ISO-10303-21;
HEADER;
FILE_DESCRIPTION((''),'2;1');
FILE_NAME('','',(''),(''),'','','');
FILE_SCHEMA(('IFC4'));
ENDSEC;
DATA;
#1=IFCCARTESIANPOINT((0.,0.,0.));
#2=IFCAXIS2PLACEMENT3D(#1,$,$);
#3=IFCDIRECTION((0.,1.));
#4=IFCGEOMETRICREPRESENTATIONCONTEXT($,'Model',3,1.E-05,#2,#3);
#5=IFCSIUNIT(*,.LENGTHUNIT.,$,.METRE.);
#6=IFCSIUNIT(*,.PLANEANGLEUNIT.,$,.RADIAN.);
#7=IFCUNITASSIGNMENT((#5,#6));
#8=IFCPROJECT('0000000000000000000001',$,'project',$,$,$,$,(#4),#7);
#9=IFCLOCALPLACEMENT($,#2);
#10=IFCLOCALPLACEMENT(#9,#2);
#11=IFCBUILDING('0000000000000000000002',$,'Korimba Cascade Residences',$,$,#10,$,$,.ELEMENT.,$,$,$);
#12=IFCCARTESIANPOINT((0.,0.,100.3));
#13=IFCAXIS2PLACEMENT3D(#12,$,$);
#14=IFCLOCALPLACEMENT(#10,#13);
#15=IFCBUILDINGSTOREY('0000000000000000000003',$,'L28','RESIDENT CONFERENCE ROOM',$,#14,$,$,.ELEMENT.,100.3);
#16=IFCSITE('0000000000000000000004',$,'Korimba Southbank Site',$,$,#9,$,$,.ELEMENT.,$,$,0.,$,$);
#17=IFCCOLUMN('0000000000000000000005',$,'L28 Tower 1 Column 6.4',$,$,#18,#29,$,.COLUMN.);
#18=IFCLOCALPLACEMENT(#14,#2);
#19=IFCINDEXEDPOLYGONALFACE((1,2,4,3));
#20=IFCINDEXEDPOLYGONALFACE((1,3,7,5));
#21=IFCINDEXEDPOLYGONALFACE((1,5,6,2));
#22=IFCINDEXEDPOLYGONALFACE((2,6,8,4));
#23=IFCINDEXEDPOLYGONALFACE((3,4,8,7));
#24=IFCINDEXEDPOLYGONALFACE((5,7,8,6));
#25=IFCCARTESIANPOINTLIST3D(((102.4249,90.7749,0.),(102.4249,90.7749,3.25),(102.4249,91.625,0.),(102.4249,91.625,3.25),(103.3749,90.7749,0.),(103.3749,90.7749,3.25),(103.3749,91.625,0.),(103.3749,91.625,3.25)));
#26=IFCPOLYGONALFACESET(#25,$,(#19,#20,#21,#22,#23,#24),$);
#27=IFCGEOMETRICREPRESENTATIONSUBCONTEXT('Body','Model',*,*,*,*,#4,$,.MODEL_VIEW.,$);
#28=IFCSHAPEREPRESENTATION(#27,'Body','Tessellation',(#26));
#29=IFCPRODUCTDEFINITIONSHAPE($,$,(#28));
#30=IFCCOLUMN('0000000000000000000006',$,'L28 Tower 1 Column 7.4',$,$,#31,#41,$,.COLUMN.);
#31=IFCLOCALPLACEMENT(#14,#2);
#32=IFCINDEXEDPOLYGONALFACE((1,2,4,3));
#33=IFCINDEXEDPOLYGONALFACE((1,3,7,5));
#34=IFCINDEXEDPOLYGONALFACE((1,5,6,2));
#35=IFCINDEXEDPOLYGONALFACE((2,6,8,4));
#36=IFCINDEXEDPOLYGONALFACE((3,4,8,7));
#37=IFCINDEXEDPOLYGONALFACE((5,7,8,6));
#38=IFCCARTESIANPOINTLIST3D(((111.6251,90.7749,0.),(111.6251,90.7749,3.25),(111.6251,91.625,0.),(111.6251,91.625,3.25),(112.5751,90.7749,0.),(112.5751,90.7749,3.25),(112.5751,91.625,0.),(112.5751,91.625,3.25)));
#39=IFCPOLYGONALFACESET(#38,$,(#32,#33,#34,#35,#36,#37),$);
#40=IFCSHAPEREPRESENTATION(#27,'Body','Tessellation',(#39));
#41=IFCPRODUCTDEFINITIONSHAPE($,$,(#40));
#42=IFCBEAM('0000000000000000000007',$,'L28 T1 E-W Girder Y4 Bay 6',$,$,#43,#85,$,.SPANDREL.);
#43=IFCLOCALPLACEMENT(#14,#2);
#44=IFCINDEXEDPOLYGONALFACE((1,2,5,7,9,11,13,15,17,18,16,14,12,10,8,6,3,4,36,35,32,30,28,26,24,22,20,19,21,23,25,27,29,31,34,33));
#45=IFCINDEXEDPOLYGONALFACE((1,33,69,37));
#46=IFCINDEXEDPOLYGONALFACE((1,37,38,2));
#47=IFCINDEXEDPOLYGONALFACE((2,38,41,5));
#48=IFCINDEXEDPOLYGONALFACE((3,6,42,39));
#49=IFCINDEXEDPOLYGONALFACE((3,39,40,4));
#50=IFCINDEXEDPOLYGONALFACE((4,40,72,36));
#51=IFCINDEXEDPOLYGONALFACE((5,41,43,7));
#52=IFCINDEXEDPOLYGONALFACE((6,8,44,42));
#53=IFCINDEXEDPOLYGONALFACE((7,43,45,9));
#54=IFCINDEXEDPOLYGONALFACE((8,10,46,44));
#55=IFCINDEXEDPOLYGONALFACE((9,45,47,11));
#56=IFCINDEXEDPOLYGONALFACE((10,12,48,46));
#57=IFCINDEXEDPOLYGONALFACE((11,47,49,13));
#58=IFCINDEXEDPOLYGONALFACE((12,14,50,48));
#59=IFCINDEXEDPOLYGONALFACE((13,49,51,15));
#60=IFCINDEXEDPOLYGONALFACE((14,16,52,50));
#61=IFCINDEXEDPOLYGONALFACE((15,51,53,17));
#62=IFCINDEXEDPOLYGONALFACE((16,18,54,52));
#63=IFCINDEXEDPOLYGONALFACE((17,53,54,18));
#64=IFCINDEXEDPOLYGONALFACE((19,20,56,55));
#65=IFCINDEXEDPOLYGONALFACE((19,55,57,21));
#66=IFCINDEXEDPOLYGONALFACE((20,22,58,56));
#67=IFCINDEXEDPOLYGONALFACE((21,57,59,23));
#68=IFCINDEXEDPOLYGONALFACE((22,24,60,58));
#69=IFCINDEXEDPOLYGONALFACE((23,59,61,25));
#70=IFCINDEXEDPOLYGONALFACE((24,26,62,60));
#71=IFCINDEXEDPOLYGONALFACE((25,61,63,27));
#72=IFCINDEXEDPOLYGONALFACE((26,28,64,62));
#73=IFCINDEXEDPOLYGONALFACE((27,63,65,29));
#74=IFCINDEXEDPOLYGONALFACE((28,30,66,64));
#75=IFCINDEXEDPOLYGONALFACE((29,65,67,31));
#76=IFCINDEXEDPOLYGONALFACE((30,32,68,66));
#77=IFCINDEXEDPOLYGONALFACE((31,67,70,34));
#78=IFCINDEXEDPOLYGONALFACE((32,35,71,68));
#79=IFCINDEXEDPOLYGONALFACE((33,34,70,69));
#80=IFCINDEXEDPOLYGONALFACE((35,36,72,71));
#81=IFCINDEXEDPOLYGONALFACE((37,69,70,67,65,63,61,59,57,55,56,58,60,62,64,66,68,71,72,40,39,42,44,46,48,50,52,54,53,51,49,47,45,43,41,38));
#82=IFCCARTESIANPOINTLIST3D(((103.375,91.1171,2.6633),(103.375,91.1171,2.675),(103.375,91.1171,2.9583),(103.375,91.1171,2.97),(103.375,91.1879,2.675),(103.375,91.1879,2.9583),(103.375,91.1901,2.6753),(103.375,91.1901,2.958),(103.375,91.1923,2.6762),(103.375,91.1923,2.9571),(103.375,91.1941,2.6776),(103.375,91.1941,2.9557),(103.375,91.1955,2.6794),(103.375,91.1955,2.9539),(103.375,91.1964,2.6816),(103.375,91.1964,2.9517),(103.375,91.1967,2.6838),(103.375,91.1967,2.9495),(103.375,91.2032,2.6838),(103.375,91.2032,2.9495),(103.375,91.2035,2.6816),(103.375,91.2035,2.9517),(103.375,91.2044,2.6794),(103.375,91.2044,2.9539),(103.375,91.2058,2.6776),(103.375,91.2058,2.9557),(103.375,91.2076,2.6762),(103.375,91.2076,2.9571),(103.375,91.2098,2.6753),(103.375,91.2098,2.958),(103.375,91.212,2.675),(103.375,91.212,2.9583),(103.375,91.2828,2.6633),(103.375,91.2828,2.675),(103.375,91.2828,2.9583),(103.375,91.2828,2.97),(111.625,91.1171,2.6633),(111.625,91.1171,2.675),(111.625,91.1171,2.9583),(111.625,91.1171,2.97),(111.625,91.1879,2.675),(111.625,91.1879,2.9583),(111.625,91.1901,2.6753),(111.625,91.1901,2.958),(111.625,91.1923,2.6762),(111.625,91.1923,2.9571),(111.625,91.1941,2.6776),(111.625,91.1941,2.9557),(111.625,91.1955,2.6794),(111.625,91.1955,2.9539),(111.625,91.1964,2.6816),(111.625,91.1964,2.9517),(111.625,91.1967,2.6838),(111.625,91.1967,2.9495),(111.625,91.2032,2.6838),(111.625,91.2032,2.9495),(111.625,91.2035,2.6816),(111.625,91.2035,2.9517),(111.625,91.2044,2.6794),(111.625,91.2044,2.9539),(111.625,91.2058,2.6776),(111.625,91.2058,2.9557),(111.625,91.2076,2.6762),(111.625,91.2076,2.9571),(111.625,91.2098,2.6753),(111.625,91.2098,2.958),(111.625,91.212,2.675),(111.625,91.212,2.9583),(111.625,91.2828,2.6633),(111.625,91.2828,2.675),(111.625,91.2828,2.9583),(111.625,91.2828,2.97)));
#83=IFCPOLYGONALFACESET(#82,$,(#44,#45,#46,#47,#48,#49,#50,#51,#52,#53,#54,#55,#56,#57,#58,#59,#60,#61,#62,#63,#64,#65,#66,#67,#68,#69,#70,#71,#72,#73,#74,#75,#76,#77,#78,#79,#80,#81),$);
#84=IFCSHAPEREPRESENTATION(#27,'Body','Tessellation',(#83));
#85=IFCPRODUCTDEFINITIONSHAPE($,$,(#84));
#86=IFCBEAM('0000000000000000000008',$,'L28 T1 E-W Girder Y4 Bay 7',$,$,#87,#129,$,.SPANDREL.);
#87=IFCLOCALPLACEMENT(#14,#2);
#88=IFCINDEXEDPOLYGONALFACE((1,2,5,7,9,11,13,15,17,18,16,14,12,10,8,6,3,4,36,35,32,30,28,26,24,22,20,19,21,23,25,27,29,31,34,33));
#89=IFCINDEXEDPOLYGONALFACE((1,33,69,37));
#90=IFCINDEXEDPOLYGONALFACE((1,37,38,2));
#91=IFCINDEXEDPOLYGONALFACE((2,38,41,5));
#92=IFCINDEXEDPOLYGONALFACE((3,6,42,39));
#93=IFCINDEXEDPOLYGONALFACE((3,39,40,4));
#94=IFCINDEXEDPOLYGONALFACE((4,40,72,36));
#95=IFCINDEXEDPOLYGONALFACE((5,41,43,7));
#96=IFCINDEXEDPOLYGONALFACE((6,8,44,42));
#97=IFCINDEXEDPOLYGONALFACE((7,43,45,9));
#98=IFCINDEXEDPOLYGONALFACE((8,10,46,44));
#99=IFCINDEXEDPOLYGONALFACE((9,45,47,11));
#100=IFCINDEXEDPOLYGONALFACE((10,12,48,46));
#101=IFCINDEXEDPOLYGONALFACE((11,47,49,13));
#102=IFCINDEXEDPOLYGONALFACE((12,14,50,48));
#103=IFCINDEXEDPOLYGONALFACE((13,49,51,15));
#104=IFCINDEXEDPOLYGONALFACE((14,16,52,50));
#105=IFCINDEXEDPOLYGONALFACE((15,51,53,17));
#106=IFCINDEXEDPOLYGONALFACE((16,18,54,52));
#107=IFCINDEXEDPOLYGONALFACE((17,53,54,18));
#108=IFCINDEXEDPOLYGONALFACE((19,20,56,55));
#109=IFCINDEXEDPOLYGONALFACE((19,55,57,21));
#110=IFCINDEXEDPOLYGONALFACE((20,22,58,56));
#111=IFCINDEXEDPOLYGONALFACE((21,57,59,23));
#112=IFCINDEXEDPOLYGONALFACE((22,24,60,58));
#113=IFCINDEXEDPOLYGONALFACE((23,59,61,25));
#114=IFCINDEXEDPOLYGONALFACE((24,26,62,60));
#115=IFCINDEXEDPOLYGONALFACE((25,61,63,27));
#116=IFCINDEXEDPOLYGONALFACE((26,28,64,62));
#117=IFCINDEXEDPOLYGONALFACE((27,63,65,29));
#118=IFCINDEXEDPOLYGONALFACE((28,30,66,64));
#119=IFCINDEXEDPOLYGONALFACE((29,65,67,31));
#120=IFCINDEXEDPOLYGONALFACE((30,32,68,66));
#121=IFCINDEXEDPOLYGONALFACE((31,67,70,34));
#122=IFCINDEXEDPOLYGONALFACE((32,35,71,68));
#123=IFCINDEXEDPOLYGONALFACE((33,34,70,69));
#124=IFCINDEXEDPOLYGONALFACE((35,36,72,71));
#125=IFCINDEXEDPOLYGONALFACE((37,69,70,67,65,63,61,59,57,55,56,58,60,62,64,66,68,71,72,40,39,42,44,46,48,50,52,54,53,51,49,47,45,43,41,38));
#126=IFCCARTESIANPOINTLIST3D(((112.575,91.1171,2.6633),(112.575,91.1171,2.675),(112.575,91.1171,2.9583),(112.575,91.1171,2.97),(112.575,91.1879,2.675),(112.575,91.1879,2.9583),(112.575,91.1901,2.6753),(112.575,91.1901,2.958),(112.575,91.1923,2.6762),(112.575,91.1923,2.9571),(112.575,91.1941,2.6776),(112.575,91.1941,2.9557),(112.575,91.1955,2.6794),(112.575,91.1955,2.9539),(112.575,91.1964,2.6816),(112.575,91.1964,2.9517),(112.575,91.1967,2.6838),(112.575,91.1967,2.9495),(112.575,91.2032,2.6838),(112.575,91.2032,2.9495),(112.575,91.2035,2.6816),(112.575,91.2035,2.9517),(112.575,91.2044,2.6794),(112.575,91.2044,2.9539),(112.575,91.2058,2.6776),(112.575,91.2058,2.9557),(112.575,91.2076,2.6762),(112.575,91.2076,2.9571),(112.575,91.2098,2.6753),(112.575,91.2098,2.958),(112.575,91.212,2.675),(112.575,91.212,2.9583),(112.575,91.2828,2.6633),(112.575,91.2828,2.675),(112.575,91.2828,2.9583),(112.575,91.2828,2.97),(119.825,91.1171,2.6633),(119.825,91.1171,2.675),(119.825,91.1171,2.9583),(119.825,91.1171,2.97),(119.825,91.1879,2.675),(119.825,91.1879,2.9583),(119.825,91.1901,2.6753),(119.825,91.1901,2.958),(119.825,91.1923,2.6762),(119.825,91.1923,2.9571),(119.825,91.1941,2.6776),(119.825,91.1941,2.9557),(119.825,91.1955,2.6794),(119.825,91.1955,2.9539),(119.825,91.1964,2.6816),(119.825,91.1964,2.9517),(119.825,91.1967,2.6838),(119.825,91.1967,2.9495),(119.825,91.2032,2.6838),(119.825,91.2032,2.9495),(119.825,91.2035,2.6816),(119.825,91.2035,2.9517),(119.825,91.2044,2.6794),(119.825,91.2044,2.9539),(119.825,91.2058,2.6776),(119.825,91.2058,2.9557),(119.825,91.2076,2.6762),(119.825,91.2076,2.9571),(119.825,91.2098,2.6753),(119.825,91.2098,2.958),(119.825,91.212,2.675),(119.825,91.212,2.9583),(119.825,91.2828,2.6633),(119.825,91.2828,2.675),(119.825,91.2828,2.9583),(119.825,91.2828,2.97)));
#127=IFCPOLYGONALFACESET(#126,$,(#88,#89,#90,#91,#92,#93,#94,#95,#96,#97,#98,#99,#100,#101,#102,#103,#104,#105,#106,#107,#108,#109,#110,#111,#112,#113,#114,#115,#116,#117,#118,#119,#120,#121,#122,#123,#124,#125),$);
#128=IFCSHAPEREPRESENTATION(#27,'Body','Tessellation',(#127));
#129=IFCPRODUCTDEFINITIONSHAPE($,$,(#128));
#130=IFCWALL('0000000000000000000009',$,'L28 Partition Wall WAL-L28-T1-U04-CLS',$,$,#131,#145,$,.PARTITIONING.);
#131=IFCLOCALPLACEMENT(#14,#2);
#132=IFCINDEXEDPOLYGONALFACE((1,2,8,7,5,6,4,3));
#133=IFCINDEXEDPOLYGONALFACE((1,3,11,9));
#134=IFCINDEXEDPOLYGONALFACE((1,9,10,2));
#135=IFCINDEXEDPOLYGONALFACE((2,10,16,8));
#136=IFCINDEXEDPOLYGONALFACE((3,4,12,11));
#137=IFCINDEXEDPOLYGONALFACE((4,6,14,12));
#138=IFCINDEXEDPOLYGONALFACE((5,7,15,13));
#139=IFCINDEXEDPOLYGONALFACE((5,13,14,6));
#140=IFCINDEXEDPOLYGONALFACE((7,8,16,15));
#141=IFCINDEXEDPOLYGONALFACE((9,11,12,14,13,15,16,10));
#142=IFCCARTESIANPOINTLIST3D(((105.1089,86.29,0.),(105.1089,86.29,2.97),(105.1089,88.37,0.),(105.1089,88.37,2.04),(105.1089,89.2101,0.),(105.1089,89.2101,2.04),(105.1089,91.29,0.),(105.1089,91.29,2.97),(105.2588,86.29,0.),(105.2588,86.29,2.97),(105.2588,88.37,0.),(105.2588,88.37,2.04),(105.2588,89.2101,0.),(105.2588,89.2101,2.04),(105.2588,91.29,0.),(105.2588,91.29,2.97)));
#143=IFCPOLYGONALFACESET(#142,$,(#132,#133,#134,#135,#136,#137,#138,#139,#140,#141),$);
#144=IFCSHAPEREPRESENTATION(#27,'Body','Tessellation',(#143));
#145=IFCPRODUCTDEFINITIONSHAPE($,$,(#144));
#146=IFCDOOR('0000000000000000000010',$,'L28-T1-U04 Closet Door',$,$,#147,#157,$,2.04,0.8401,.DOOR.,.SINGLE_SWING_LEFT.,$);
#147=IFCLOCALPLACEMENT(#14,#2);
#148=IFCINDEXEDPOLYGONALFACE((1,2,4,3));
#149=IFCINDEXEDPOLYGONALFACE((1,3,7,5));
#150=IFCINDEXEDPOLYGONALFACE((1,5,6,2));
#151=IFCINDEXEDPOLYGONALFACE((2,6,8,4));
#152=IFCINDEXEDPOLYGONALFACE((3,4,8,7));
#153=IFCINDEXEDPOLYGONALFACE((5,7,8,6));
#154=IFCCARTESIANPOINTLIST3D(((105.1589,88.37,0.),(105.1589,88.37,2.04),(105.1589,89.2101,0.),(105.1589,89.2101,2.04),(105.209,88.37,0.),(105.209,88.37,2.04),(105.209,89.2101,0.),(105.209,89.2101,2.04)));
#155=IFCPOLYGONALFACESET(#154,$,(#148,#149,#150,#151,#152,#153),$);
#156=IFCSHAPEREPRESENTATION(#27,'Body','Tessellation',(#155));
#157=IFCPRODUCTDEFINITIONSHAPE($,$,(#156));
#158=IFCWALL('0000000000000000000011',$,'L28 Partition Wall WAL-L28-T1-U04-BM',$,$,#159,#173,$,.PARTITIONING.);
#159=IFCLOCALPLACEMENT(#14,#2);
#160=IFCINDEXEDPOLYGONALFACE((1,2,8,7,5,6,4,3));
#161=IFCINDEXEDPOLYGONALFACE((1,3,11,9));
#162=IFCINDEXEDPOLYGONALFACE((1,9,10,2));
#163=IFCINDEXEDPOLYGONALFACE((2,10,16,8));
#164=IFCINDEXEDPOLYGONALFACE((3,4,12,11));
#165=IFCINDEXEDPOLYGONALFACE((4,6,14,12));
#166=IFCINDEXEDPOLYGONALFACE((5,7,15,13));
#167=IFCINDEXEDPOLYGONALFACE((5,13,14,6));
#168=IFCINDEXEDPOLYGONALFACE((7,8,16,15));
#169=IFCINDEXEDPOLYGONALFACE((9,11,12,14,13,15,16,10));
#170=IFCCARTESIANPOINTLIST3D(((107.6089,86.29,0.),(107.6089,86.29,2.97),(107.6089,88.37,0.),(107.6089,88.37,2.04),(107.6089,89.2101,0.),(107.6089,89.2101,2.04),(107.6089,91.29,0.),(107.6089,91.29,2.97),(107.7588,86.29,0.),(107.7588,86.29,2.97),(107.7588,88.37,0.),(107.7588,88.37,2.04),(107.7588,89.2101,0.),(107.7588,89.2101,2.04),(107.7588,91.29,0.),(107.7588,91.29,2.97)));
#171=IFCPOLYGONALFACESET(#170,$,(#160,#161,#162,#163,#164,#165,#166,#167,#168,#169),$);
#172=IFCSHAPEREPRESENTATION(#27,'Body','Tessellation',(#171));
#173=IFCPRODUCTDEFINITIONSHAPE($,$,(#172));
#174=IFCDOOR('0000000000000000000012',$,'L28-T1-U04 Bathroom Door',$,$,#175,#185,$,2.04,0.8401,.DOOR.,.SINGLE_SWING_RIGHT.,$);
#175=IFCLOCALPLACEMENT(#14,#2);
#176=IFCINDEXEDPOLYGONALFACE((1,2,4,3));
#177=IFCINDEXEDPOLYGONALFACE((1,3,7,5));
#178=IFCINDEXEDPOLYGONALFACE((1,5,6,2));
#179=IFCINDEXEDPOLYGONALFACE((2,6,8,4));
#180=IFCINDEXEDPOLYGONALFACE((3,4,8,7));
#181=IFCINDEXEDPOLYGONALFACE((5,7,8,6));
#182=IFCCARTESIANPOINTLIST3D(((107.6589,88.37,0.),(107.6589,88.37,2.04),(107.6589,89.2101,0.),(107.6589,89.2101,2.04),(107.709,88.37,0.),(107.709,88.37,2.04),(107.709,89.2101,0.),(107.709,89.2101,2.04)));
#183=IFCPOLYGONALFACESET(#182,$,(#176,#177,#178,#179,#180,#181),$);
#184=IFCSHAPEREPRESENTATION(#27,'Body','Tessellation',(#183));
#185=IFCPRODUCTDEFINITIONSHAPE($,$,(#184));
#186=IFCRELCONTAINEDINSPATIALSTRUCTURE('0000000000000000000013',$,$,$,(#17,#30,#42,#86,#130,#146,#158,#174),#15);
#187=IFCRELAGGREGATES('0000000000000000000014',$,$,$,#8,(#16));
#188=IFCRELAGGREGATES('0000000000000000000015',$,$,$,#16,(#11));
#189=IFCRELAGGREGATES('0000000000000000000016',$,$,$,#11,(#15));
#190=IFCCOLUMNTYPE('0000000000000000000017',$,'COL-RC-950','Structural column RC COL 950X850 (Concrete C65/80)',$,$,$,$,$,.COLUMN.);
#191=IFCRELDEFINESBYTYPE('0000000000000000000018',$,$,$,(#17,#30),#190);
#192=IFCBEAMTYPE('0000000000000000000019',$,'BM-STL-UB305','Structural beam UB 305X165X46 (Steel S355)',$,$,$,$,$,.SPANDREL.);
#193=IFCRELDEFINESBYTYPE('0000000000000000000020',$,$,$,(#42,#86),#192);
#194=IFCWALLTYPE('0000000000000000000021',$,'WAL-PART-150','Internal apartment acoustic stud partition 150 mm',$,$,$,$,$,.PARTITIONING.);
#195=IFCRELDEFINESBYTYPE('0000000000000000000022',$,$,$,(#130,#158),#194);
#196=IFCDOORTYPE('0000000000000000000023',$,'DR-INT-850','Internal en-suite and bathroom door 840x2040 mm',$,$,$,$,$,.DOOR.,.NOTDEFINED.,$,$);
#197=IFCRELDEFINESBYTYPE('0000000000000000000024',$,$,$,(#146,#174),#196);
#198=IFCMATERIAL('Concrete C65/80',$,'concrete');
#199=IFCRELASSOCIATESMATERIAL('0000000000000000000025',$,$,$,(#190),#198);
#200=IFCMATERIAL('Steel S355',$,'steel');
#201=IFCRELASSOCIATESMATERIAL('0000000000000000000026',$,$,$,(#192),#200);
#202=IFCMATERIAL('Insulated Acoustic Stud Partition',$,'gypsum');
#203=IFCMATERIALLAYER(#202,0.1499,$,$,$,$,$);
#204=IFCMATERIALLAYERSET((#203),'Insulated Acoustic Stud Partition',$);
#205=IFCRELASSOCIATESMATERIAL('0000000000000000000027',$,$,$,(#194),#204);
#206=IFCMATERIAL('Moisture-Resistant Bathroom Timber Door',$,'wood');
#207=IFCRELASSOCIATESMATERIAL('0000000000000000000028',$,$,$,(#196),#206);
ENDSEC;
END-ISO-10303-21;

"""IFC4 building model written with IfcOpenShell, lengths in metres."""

from ifc_helpers import new_model, si_unit, direction, frame, frame_2d, origin, origin_2d, place, context, subcontext, project, spatial, rectangle, i_section, extrude, material, layer, layer_set, material_profile, profile_set, type_object, element, fill, save


model = new_model("IFC4")

# Units and contexts
model_context = context("Model", 3, precision=1e-05, world=origin(), true_north=direction((0.0, 1.0)))
body_context = subcontext(model_context, "Body", "Model", "MODEL_VIEW")
ifc_project = project(units=[si_unit("LENGTHUNIT", "METRE"), si_unit("PLANEANGLEUNIT", "RADIAN")], contexts=[model_context])

# Site, building, storey
site_placement = place(None, origin())
site = spatial("IfcSite", under=ifc_project, at=site_placement, Name="Korimba Southbank Site", CompositionType="ELEMENT", RefElevation=0.0)
building_placement = place(site_placement, origin())
building = spatial("IfcBuilding", under=site, at=building_placement, Name="Korimba Cascade Residences", CompositionType="ELEMENT")
storey_placement = place(building_placement, frame((0.0, 0.0, 100.3)))
storey = spatial("IfcBuildingStorey", under=building, at=storey_placement, Name="L28", Description="RESIDENT CONFERENCE ROOM", CompositionType="ELEMENT", Elevation=100.3)

# Columns
ifc_material_1 = material(Name="Concrete C65/80", Category="concrete")
ifc_material_profile_1 = material_profile(ifc_material_1, rectangle(XDim=0.95, YDim=0.8501, at=origin_2d()), Name="Concrete C65/80")
ifc_profile_set_1 = profile_set([ifc_material_profile_1], Name="Concrete C65/80")
column_type = type_object("IfcColumnType", Name="COL-RC-950", Description="Structural column RC COL 950X850 (Concrete C65/80)", PredefinedType="COLUMN", material=ifc_profile_set_1)
for number, where, z_axis, x_axis, name in (
    (1, (102.8999, 91.2, 0.0), (0.0, 0.0, 1.0), (1.0, 0.0, 0.0), "L28 Tower 1 Column 6.4"),
    (2, (112.1001, 91.2, 0.0), (0.0, 0.0, 1.0), (1.0, 0.0, 0.0), "L28 Tower 1 Column 7.4"),
):
    element("IfcColumn", number, at=place(storey_placement, frame(where, z_axis=z_axis, x_axis=x_axis)), inside=storey, type_object=column_type, Name=name, PredefinedType="COLUMN", context=body_context, shape_type="SweptSolid", body=[
        extrude(rectangle(XDim=0.95, YDim=0.8501, at=origin_2d()), origin(), (0.0, 0.0, 1.0), 3.25),
    ])

# Beams
ifc_material_2 = material(Name="Steel S355", Category="steel")
ifc_material_profile_2 = material_profile(ifc_material_2, i_section(OverallWidth=0.1658, OverallDepth=0.3066, WebThickness=0.0066, FlangeThickness=0.0117, FilletRadius=0.0088, at=origin_2d()), Name="Steel S355")
ifc_profile_set_2 = profile_set([ifc_material_profile_2], Name="Steel S355")
beam_type = type_object("IfcBeamType", Name="BM-STL-UB305", Description="Structural beam UB 305X165X46 (Steel S355)", PredefinedType="SPANDREL", material=ifc_profile_set_2)
beam_1_placement = place(storey_placement, frame((103.375, 91.2, 2.8167), z_axis=(1.0, 0.0, 0.0), x_axis=(0.0, 1.0, 0.0)))
element("IfcBeam", 3, at=beam_1_placement, inside=storey, type_object=beam_type, Name="L28 T1 E-W Girder Y4 Bay 6", PredefinedType="SPANDREL", context=body_context, shape_type="SweptSolid", body=[
    extrude(i_section(OverallWidth=0.1658, OverallDepth=0.3066, WebThickness=0.0066, FlangeThickness=0.0117, FilletRadius=0.0088, at=origin_2d()), origin(), (0.0, 0.0, 1.0), 8.25),
])
beam_2_placement = place(storey_placement, frame((112.575, 91.2, 2.8167), z_axis=(1.0, 0.0, 0.0), x_axis=(0.0, 1.0, 0.0)))
element("IfcBeam", 4, at=beam_2_placement, inside=storey, type_object=beam_type, Name="L28 T1 E-W Girder Y4 Bay 7", PredefinedType="SPANDREL", context=body_context, shape_type="SweptSolid", body=[
    extrude(i_section(OverallWidth=0.1658, OverallDepth=0.3066, WebThickness=0.0066, FlangeThickness=0.0117, FilletRadius=0.0088, at=origin_2d()), origin(), (0.0, 0.0, 1.0), 7.25),
])

# Walls, openings, doors
ifc_material_3 = material(Name="Insulated Acoustic Stud Partition", Category="gypsum")
ifc_layer = layer(ifc_material_3, 0.1499)
ifc_layer_set = layer_set([ifc_layer], Name="Insulated Acoustic Stud Partition")
wall_type = type_object("IfcWallType", Name="WAL-PART-150", Description="Internal apartment acoustic stud partition 150 mm", PredefinedType="PARTITIONING", material=ifc_layer_set)
wall_1_placement = place(storey_placement, frame((105.1838, 86.29, 0.0), z_axis=(0.0, 0.0, 1.0), x_axis=(0.0, 1.0, 0.0)))
wall_1 = element("IfcWall", 5, at=wall_1_placement, inside=storey, type_object=wall_type, Name="L28 Partition Wall WAL-L28-T1-U04-CLS", PredefinedType="PARTITIONING", context=body_context, shape_type="SweptSolid", body=[
    extrude(rectangle(XDim=5.0, YDim=0.1499, at=frame_2d((2.5, 0.0))), origin(), (0.0, 0.0, 1.0), 2.97),
])
opening_1_placement = place(wall_1_placement, frame((2.0801, 0.0, 0.0)))
opening_1 = element("IfcOpeningElement", 6, at=opening_1_placement, cuts=wall_1, PredefinedType="OPENING", context=body_context, shape_type="SweptSolid", body=[
    extrude(rectangle(XDim=0.8401, YDim=2.04, at=frame_2d((0.4199, 1.02))), frame((0.0, 0.085, 0.0), z_axis=(0.0, -1.0, 0.0), x_axis=(1.0, 0.0, 0.0)), (0.0, 0.0, 1.0), 0.1699),
])
ifc_material_4 = material(Name="Moisture-Resistant Bathroom Timber Door", Category="wood")
door_type_1 = type_object("IfcDoorType", Name="DR-INT-850", Description="Internal en-suite and bathroom door 840x2040 mm", OperationType="NOTDEFINED", PredefinedType="DOOR", material=ifc_material_4)
door_1_placement = place(opening_1_placement, origin())
door_1 = element("IfcDoor", 7, at=door_1_placement, inside=storey, type_object=door_type_1, Name="L28-T1-U04 Closet Door", OperationType="SINGLE_SWING_LEFT", OverallHeight=2.04, OverallWidth=0.8401, PredefinedType="DOOR", context=body_context, shape_type="SweptSolid", body=[
    extrude(rectangle(XDim=0.8401, YDim=2.04, at=frame_2d((0.4199, 1.02))), frame((0.0, 0.0249, 0.0), z_axis=(0.0, -1.0, 0.0), x_axis=(1.0, 0.0, 0.0)), (0.0, 0.0, 1.0), 0.05),
])
fill(opening_1, door_1)
wall_2_placement = place(storey_placement, frame((107.6838, 86.29, 0.0), z_axis=(0.0, 0.0, 1.0), x_axis=(0.0, 1.0, 0.0)))
wall_2 = element("IfcWall", 8, at=wall_2_placement, inside=storey, type_object=wall_type, Name="L28 Partition Wall WAL-L28-T1-U04-BM", PredefinedType="PARTITIONING", context=body_context, shape_type="SweptSolid", body=[
    extrude(rectangle(XDim=5.0, YDim=0.1499, at=frame_2d((2.5, 0.0))), origin(), (0.0, 0.0, 1.0), 2.97),
])
opening_2_placement = place(wall_2_placement, frame((2.0801, 0.0, 0.0)))
opening_2 = element("IfcOpeningElement", 9, at=opening_2_placement, cuts=wall_2, PredefinedType="OPENING", context=body_context, shape_type="SweptSolid", body=[
    extrude(rectangle(XDim=0.8401, YDim=2.04, at=frame_2d((0.4199, 1.02))), frame((0.0, 0.085, 0.0), z_axis=(0.0, -1.0, 0.0), x_axis=(1.0, 0.0, 0.0)), (0.0, 0.0, 1.0), 0.1699),
])
door_2_placement = place(opening_2_placement, origin())
door_2 = element("IfcDoor", 10, at=door_2_placement, inside=storey, type_object=door_type_1, Name="L28-T1-U04 Bathroom Door", OperationType="SINGLE_SWING_RIGHT", OverallHeight=2.04, OverallWidth=0.8401, PredefinedType="DOOR", context=body_context, shape_type="SweptSolid", body=[
    extrude(rectangle(XDim=0.8401, YDim=2.04, at=frame_2d((0.4199, 1.02))), frame((0.0, 0.0249, 0.0), z_axis=(0.0, -1.0, 0.0), x_axis=(1.0, 0.0, 0.0)), (0.0, 0.0, 1.0), 0.05),
])
fill(opening_2, door_2)

save(model, "model.ifc")
